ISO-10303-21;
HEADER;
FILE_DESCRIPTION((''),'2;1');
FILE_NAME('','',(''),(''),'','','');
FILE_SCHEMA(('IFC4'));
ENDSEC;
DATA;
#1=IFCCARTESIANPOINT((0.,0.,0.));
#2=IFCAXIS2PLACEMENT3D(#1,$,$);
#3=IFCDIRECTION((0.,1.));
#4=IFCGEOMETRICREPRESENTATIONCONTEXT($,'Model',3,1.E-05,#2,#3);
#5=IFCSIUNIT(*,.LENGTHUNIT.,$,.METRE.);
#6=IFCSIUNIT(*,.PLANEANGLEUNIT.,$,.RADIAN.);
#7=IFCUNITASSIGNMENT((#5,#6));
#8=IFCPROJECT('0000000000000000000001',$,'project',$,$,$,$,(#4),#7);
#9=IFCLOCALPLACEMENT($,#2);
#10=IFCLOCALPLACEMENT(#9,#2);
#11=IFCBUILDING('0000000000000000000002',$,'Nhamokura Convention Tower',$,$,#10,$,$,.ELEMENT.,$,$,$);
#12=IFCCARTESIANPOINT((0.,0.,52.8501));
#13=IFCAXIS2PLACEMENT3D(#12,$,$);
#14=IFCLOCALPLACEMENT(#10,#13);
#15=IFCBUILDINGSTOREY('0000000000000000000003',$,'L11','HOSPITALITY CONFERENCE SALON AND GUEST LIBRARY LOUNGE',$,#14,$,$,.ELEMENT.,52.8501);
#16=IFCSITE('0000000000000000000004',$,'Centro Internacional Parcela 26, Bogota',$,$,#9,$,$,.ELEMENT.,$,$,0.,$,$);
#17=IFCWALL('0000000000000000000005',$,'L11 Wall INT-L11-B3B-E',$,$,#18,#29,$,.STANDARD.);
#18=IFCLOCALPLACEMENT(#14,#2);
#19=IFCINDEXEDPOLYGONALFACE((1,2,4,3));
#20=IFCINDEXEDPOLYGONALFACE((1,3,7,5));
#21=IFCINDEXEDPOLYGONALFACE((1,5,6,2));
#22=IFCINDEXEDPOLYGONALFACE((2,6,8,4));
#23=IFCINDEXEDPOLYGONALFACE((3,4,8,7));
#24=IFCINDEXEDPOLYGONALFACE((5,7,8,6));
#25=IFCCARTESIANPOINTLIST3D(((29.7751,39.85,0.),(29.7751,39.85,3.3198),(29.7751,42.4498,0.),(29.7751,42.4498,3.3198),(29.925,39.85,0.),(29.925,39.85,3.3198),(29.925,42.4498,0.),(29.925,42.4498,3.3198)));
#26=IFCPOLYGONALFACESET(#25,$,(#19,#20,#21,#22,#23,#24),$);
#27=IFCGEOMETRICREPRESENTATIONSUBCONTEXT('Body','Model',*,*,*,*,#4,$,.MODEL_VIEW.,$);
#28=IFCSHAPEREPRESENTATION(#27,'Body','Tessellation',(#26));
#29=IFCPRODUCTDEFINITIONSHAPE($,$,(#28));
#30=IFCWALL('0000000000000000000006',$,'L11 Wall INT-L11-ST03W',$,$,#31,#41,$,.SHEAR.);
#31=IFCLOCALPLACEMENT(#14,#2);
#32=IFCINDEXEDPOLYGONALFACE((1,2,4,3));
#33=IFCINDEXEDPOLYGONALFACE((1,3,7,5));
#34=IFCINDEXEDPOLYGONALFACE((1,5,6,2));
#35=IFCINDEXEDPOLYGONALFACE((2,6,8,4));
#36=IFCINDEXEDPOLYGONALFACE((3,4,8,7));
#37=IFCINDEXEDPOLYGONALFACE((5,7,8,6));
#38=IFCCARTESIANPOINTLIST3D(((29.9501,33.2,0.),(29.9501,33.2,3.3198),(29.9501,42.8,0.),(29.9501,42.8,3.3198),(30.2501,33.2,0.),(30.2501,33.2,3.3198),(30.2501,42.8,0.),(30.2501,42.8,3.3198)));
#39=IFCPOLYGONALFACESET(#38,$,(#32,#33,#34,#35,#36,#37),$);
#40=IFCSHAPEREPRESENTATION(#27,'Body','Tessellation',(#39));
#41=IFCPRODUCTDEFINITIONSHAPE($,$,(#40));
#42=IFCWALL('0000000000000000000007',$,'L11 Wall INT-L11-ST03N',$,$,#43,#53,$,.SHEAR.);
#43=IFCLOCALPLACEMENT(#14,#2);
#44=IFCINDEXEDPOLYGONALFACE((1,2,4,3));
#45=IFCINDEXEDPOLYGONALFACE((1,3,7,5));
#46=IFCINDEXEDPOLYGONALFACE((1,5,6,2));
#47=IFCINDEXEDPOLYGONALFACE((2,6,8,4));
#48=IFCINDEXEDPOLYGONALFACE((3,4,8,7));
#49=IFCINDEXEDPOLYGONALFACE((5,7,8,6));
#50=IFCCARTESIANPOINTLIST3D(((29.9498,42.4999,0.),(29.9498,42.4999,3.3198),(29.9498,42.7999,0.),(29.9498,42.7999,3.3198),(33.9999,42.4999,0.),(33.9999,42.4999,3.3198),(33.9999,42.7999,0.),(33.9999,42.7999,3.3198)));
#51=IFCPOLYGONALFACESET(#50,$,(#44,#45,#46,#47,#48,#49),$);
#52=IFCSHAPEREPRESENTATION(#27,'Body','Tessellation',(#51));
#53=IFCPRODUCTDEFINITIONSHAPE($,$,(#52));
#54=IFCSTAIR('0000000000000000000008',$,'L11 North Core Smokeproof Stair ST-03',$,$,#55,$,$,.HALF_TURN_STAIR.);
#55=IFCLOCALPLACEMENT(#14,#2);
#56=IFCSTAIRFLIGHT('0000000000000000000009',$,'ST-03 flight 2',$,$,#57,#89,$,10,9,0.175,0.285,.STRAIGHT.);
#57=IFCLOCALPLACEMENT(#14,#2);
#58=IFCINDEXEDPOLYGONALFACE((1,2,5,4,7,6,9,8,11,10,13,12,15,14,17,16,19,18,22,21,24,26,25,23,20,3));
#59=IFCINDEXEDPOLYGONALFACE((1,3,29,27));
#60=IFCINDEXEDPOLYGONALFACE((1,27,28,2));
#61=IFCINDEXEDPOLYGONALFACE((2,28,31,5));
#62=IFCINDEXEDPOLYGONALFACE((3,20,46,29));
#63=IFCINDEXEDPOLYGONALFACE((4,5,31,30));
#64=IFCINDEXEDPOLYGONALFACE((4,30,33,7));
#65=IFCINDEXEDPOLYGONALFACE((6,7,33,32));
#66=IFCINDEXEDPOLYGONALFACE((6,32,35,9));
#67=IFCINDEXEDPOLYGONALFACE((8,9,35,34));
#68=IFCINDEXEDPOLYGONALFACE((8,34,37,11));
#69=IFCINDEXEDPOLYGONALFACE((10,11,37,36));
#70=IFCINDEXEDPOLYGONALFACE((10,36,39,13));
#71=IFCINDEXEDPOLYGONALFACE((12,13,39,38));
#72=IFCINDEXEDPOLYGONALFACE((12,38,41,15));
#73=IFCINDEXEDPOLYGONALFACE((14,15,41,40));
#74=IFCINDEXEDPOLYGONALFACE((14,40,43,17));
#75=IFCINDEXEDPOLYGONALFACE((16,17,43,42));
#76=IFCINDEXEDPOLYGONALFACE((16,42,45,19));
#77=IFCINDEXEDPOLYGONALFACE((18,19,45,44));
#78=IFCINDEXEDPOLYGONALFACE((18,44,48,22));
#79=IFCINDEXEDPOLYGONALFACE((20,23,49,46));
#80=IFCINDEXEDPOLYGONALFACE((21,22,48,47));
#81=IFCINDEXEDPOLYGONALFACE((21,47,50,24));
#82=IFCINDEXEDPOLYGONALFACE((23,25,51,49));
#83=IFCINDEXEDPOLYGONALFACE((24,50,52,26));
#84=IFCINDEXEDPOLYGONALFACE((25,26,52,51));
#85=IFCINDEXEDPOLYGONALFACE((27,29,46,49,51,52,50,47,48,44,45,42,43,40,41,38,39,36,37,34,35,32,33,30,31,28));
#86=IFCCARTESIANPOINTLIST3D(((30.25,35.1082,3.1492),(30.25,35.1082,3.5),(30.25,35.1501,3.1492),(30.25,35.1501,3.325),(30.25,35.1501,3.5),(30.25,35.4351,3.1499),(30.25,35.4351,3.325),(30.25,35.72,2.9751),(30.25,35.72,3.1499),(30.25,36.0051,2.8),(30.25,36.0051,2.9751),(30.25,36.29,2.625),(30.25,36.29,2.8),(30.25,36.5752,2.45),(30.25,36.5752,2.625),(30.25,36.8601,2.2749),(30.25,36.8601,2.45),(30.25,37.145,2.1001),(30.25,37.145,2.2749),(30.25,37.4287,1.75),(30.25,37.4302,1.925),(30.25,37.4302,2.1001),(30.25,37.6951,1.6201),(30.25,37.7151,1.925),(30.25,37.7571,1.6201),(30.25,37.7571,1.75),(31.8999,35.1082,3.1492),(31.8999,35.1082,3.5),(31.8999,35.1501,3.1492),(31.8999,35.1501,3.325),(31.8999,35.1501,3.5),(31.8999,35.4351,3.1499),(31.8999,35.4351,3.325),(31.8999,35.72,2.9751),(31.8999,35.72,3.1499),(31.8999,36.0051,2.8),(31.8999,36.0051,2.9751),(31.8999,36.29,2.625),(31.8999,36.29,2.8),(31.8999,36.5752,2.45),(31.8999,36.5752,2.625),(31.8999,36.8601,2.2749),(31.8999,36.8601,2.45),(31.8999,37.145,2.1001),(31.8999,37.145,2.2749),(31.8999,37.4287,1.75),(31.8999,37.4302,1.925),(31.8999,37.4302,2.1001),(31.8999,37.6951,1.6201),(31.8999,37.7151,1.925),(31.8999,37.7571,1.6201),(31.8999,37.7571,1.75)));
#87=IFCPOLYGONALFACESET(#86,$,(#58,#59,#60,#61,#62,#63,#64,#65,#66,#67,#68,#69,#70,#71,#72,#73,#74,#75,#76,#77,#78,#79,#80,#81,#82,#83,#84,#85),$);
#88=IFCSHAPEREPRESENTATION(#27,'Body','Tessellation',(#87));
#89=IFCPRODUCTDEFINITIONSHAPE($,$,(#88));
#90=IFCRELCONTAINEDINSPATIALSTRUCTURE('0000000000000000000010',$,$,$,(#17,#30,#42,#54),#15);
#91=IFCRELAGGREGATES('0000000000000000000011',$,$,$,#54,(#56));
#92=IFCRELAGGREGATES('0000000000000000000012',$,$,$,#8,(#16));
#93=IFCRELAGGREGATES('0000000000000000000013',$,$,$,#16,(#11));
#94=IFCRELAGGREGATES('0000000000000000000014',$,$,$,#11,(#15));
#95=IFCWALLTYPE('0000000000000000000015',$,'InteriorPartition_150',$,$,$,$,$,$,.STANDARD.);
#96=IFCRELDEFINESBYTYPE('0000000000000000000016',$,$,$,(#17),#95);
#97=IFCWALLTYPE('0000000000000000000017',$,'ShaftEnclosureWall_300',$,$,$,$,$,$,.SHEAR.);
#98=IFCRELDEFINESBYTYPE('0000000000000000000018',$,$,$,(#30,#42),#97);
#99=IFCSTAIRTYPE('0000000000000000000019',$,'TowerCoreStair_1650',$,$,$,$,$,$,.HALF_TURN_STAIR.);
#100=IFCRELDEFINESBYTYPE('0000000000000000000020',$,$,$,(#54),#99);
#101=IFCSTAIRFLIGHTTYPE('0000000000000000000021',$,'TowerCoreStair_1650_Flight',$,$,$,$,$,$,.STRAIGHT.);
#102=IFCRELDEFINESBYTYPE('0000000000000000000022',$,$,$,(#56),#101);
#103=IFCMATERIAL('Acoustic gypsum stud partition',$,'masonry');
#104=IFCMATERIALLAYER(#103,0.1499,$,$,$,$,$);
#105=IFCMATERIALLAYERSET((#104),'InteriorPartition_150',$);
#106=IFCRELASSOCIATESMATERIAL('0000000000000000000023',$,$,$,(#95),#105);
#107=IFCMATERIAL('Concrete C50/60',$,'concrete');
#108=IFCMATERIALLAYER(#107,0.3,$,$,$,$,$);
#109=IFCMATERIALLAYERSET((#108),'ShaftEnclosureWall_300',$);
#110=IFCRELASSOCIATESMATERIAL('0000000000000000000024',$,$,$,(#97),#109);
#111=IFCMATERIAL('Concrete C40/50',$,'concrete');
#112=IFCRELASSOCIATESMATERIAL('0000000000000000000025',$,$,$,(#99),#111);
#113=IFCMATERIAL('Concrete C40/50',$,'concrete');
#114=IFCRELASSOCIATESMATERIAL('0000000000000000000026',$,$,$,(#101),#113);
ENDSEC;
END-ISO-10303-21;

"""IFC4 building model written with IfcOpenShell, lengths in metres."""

from ifc_helpers import new_model, si_unit, direction, frame, frame_2d, origin, place, context, subcontext, project, spatial, polyline, rectangle, outline, extrude, material, layer, layer_set, type_object, element, aggregate, save


model = new_model("IFC4")

# Units and contexts
model_context = context("Model", 3, precision=1e-05, world=origin(), true_north=direction((0.0, 1.0)))
body_context = subcontext(model_context, "Body", "Model", "MODEL_VIEW")
ifc_project = project(units=[si_unit("LENGTHUNIT", "METRE"), si_unit("PLANEANGLEUNIT", "RADIAN")], contexts=[model_context])

# Site, building, storey
site_placement = place(None, origin())
site = spatial("IfcSite", under=ifc_project, at=site_placement, Name="Centro Internacional Parcela 26, Bogota", CompositionType="ELEMENT", RefElevation=0.0)
building_placement = place(site_placement, origin())
building = spatial("IfcBuilding", under=site, at=building_placement, Name="Nhamokura Convention Tower", CompositionType="ELEMENT")
storey_placement = place(building_placement, frame((0.0, 0.0, 52.8501)))
storey = spatial("IfcBuildingStorey", under=building, at=storey_placement, Name="L11", Description="HOSPITALITY CONFERENCE SALON AND GUEST LIBRARY LOUNGE", CompositionType="ELEMENT", Elevation=52.8501)

# Walls
ifc_material_1 = material(Name="Acoustic gypsum stud partition", Category="masonry")
ifc_layer_1 = layer(ifc_material_1, 0.1499)
ifc_layer_set_1 = layer_set([ifc_layer_1], Name="InteriorPartition_150")
wall_type_1 = type_object("IfcWallType", Name="InteriorPartition_150", PredefinedType="STANDARD", material=ifc_layer_set_1)
wall_1_placement = place(storey_placement, frame((29.8501, 39.8501, 0.0), z_axis=(0.0, 0.0, 1.0), x_axis=(0.0, 1.0, 0.0)))
element("IfcWall", 1, at=wall_1_placement, inside=storey, type_object=wall_type_1, Name="L11 Wall INT-L11-B3B-E", PredefinedType="STANDARD", context=body_context, shape_type="SweptSolid", body=[
    extrude(rectangle(XDim=2.5999, YDim=0.1499, at=frame_2d((1.2998, 0.0))), origin(), (0.0, 0.0, 1.0), 3.3198),
])
ifc_material_2 = material(Name="Concrete C50/60", Category="concrete")
ifc_layer_2 = layer(ifc_material_2, 0.3)
ifc_layer_set_2 = layer_set([ifc_layer_2], Name="ShaftEnclosureWall_300")
wall_type_2 = type_object("IfcWallType", Name="ShaftEnclosureWall_300", PredefinedType="SHEAR", material=ifc_layer_set_2)
wall_2_placement = place(storey_placement, frame((30.1001, 33.2, 0.0), z_axis=(0.0, 0.0, 1.0), x_axis=(0.0, 1.0, 0.0)))
element("IfcWall", 2, at=wall_2_placement, inside=storey, type_object=wall_type_2, Name="L11 Wall INT-L11-ST03W", PredefinedType="SHEAR", context=body_context, shape_type="SweptSolid", body=[
    extrude(rectangle(XDim=9.6001, YDim=0.3, at=frame_2d((4.8, 0.0))), origin(), (0.0, 0.0, 1.0), 3.3198),
])

# Wall
wall_3_placement = place(storey_placement, frame((29.95, 42.6499, 0.0), z_axis=(0.0, 0.0, 1.0), x_axis=(1.0, 0.0, 0.0)))
element("IfcWall", 3, at=wall_3_placement, inside=storey, type_object=wall_type_2, Name="L11 Wall INT-L11-ST03N", PredefinedType="SHEAR", context=body_context, shape_type="SweptSolid", body=[
    extrude(rectangle(XDim=4.05, YDim=0.3, at=frame_2d((2.0249, 0.0))), origin(), (0.0, 0.0, 1.0), 3.3198),
])

# Stair, stair flight
ifc_material_3 = material(Name="Concrete C40/50", Category="concrete")
stair_type = type_object("IfcStairType", Name="TowerCoreStair_1650", PredefinedType="HALF_TURN_STAIR", material=ifc_material_3)
stair_placement = place(storey_placement, origin())
stair = element("IfcStair", 4, at=stair_placement, inside=storey, type_object=stair_type, Name="L11 North Core Smokeproof Stair ST-03", PredefinedType="HALF_TURN_STAIR")
ifc_material_4 = material(Name="Concrete C40/50", Category="concrete")
stair_flight_type = type_object("IfcStairFlightType", Name="TowerCoreStair_1650_Flight", PredefinedType="STRAIGHT", material=ifc_material_4)
stair_flight_placement = place(storey_placement, frame((31.075, 37.7151, 1.75), z_axis=(0.0, 0.0, 1.0), x_axis=(0.0, -1.0, 0.0)))
stair_flight = element("IfcStairFlight", 5, at=stair_flight_placement, type_object=stair_flight_type, Name="ST-03 flight 2", NumberOfRisers=10, NumberOfTreads=9, PredefinedType="STRAIGHT", RiserHeight=0.175, TreadLength=0.285, context=body_context, shape_type="SweptSolid", body=[
    extrude(outline(polyline([(-0.042, 0.0), (0.0, 0.175), (0.2849, 0.175), (0.2849, 0.3501), (0.5701, 0.3501), (0.5701, 0.5249), (0.855, 0.5249), (0.855, 0.7), (1.1399, 0.7), (1.1399, 0.875), (1.425, 0.875), (1.425, 1.05), (1.71, 1.05), (1.71, 1.2251), (1.9951, 1.2251), (1.9951, 1.3999), (2.28, 1.3999), (2.28, 1.575), (2.5649, 1.575), (2.5649, 1.75), (2.6069, 1.75), (2.6069, 1.3992), (2.5649, 1.3992), (0.2864, 0.0), (0.02, -0.1299), (-0.042, -0.1299), (-0.042, 0.0)])), frame((0.0, 0.825, 0.0), z_axis=(0.0, -1.0, 0.0), x_axis=(1.0, 0.0, 0.0)), (0.0, 0.0, 1.0), 1.6499),
])
aggregate(stair, [stair_flight])

save(model, "model.ifc")
